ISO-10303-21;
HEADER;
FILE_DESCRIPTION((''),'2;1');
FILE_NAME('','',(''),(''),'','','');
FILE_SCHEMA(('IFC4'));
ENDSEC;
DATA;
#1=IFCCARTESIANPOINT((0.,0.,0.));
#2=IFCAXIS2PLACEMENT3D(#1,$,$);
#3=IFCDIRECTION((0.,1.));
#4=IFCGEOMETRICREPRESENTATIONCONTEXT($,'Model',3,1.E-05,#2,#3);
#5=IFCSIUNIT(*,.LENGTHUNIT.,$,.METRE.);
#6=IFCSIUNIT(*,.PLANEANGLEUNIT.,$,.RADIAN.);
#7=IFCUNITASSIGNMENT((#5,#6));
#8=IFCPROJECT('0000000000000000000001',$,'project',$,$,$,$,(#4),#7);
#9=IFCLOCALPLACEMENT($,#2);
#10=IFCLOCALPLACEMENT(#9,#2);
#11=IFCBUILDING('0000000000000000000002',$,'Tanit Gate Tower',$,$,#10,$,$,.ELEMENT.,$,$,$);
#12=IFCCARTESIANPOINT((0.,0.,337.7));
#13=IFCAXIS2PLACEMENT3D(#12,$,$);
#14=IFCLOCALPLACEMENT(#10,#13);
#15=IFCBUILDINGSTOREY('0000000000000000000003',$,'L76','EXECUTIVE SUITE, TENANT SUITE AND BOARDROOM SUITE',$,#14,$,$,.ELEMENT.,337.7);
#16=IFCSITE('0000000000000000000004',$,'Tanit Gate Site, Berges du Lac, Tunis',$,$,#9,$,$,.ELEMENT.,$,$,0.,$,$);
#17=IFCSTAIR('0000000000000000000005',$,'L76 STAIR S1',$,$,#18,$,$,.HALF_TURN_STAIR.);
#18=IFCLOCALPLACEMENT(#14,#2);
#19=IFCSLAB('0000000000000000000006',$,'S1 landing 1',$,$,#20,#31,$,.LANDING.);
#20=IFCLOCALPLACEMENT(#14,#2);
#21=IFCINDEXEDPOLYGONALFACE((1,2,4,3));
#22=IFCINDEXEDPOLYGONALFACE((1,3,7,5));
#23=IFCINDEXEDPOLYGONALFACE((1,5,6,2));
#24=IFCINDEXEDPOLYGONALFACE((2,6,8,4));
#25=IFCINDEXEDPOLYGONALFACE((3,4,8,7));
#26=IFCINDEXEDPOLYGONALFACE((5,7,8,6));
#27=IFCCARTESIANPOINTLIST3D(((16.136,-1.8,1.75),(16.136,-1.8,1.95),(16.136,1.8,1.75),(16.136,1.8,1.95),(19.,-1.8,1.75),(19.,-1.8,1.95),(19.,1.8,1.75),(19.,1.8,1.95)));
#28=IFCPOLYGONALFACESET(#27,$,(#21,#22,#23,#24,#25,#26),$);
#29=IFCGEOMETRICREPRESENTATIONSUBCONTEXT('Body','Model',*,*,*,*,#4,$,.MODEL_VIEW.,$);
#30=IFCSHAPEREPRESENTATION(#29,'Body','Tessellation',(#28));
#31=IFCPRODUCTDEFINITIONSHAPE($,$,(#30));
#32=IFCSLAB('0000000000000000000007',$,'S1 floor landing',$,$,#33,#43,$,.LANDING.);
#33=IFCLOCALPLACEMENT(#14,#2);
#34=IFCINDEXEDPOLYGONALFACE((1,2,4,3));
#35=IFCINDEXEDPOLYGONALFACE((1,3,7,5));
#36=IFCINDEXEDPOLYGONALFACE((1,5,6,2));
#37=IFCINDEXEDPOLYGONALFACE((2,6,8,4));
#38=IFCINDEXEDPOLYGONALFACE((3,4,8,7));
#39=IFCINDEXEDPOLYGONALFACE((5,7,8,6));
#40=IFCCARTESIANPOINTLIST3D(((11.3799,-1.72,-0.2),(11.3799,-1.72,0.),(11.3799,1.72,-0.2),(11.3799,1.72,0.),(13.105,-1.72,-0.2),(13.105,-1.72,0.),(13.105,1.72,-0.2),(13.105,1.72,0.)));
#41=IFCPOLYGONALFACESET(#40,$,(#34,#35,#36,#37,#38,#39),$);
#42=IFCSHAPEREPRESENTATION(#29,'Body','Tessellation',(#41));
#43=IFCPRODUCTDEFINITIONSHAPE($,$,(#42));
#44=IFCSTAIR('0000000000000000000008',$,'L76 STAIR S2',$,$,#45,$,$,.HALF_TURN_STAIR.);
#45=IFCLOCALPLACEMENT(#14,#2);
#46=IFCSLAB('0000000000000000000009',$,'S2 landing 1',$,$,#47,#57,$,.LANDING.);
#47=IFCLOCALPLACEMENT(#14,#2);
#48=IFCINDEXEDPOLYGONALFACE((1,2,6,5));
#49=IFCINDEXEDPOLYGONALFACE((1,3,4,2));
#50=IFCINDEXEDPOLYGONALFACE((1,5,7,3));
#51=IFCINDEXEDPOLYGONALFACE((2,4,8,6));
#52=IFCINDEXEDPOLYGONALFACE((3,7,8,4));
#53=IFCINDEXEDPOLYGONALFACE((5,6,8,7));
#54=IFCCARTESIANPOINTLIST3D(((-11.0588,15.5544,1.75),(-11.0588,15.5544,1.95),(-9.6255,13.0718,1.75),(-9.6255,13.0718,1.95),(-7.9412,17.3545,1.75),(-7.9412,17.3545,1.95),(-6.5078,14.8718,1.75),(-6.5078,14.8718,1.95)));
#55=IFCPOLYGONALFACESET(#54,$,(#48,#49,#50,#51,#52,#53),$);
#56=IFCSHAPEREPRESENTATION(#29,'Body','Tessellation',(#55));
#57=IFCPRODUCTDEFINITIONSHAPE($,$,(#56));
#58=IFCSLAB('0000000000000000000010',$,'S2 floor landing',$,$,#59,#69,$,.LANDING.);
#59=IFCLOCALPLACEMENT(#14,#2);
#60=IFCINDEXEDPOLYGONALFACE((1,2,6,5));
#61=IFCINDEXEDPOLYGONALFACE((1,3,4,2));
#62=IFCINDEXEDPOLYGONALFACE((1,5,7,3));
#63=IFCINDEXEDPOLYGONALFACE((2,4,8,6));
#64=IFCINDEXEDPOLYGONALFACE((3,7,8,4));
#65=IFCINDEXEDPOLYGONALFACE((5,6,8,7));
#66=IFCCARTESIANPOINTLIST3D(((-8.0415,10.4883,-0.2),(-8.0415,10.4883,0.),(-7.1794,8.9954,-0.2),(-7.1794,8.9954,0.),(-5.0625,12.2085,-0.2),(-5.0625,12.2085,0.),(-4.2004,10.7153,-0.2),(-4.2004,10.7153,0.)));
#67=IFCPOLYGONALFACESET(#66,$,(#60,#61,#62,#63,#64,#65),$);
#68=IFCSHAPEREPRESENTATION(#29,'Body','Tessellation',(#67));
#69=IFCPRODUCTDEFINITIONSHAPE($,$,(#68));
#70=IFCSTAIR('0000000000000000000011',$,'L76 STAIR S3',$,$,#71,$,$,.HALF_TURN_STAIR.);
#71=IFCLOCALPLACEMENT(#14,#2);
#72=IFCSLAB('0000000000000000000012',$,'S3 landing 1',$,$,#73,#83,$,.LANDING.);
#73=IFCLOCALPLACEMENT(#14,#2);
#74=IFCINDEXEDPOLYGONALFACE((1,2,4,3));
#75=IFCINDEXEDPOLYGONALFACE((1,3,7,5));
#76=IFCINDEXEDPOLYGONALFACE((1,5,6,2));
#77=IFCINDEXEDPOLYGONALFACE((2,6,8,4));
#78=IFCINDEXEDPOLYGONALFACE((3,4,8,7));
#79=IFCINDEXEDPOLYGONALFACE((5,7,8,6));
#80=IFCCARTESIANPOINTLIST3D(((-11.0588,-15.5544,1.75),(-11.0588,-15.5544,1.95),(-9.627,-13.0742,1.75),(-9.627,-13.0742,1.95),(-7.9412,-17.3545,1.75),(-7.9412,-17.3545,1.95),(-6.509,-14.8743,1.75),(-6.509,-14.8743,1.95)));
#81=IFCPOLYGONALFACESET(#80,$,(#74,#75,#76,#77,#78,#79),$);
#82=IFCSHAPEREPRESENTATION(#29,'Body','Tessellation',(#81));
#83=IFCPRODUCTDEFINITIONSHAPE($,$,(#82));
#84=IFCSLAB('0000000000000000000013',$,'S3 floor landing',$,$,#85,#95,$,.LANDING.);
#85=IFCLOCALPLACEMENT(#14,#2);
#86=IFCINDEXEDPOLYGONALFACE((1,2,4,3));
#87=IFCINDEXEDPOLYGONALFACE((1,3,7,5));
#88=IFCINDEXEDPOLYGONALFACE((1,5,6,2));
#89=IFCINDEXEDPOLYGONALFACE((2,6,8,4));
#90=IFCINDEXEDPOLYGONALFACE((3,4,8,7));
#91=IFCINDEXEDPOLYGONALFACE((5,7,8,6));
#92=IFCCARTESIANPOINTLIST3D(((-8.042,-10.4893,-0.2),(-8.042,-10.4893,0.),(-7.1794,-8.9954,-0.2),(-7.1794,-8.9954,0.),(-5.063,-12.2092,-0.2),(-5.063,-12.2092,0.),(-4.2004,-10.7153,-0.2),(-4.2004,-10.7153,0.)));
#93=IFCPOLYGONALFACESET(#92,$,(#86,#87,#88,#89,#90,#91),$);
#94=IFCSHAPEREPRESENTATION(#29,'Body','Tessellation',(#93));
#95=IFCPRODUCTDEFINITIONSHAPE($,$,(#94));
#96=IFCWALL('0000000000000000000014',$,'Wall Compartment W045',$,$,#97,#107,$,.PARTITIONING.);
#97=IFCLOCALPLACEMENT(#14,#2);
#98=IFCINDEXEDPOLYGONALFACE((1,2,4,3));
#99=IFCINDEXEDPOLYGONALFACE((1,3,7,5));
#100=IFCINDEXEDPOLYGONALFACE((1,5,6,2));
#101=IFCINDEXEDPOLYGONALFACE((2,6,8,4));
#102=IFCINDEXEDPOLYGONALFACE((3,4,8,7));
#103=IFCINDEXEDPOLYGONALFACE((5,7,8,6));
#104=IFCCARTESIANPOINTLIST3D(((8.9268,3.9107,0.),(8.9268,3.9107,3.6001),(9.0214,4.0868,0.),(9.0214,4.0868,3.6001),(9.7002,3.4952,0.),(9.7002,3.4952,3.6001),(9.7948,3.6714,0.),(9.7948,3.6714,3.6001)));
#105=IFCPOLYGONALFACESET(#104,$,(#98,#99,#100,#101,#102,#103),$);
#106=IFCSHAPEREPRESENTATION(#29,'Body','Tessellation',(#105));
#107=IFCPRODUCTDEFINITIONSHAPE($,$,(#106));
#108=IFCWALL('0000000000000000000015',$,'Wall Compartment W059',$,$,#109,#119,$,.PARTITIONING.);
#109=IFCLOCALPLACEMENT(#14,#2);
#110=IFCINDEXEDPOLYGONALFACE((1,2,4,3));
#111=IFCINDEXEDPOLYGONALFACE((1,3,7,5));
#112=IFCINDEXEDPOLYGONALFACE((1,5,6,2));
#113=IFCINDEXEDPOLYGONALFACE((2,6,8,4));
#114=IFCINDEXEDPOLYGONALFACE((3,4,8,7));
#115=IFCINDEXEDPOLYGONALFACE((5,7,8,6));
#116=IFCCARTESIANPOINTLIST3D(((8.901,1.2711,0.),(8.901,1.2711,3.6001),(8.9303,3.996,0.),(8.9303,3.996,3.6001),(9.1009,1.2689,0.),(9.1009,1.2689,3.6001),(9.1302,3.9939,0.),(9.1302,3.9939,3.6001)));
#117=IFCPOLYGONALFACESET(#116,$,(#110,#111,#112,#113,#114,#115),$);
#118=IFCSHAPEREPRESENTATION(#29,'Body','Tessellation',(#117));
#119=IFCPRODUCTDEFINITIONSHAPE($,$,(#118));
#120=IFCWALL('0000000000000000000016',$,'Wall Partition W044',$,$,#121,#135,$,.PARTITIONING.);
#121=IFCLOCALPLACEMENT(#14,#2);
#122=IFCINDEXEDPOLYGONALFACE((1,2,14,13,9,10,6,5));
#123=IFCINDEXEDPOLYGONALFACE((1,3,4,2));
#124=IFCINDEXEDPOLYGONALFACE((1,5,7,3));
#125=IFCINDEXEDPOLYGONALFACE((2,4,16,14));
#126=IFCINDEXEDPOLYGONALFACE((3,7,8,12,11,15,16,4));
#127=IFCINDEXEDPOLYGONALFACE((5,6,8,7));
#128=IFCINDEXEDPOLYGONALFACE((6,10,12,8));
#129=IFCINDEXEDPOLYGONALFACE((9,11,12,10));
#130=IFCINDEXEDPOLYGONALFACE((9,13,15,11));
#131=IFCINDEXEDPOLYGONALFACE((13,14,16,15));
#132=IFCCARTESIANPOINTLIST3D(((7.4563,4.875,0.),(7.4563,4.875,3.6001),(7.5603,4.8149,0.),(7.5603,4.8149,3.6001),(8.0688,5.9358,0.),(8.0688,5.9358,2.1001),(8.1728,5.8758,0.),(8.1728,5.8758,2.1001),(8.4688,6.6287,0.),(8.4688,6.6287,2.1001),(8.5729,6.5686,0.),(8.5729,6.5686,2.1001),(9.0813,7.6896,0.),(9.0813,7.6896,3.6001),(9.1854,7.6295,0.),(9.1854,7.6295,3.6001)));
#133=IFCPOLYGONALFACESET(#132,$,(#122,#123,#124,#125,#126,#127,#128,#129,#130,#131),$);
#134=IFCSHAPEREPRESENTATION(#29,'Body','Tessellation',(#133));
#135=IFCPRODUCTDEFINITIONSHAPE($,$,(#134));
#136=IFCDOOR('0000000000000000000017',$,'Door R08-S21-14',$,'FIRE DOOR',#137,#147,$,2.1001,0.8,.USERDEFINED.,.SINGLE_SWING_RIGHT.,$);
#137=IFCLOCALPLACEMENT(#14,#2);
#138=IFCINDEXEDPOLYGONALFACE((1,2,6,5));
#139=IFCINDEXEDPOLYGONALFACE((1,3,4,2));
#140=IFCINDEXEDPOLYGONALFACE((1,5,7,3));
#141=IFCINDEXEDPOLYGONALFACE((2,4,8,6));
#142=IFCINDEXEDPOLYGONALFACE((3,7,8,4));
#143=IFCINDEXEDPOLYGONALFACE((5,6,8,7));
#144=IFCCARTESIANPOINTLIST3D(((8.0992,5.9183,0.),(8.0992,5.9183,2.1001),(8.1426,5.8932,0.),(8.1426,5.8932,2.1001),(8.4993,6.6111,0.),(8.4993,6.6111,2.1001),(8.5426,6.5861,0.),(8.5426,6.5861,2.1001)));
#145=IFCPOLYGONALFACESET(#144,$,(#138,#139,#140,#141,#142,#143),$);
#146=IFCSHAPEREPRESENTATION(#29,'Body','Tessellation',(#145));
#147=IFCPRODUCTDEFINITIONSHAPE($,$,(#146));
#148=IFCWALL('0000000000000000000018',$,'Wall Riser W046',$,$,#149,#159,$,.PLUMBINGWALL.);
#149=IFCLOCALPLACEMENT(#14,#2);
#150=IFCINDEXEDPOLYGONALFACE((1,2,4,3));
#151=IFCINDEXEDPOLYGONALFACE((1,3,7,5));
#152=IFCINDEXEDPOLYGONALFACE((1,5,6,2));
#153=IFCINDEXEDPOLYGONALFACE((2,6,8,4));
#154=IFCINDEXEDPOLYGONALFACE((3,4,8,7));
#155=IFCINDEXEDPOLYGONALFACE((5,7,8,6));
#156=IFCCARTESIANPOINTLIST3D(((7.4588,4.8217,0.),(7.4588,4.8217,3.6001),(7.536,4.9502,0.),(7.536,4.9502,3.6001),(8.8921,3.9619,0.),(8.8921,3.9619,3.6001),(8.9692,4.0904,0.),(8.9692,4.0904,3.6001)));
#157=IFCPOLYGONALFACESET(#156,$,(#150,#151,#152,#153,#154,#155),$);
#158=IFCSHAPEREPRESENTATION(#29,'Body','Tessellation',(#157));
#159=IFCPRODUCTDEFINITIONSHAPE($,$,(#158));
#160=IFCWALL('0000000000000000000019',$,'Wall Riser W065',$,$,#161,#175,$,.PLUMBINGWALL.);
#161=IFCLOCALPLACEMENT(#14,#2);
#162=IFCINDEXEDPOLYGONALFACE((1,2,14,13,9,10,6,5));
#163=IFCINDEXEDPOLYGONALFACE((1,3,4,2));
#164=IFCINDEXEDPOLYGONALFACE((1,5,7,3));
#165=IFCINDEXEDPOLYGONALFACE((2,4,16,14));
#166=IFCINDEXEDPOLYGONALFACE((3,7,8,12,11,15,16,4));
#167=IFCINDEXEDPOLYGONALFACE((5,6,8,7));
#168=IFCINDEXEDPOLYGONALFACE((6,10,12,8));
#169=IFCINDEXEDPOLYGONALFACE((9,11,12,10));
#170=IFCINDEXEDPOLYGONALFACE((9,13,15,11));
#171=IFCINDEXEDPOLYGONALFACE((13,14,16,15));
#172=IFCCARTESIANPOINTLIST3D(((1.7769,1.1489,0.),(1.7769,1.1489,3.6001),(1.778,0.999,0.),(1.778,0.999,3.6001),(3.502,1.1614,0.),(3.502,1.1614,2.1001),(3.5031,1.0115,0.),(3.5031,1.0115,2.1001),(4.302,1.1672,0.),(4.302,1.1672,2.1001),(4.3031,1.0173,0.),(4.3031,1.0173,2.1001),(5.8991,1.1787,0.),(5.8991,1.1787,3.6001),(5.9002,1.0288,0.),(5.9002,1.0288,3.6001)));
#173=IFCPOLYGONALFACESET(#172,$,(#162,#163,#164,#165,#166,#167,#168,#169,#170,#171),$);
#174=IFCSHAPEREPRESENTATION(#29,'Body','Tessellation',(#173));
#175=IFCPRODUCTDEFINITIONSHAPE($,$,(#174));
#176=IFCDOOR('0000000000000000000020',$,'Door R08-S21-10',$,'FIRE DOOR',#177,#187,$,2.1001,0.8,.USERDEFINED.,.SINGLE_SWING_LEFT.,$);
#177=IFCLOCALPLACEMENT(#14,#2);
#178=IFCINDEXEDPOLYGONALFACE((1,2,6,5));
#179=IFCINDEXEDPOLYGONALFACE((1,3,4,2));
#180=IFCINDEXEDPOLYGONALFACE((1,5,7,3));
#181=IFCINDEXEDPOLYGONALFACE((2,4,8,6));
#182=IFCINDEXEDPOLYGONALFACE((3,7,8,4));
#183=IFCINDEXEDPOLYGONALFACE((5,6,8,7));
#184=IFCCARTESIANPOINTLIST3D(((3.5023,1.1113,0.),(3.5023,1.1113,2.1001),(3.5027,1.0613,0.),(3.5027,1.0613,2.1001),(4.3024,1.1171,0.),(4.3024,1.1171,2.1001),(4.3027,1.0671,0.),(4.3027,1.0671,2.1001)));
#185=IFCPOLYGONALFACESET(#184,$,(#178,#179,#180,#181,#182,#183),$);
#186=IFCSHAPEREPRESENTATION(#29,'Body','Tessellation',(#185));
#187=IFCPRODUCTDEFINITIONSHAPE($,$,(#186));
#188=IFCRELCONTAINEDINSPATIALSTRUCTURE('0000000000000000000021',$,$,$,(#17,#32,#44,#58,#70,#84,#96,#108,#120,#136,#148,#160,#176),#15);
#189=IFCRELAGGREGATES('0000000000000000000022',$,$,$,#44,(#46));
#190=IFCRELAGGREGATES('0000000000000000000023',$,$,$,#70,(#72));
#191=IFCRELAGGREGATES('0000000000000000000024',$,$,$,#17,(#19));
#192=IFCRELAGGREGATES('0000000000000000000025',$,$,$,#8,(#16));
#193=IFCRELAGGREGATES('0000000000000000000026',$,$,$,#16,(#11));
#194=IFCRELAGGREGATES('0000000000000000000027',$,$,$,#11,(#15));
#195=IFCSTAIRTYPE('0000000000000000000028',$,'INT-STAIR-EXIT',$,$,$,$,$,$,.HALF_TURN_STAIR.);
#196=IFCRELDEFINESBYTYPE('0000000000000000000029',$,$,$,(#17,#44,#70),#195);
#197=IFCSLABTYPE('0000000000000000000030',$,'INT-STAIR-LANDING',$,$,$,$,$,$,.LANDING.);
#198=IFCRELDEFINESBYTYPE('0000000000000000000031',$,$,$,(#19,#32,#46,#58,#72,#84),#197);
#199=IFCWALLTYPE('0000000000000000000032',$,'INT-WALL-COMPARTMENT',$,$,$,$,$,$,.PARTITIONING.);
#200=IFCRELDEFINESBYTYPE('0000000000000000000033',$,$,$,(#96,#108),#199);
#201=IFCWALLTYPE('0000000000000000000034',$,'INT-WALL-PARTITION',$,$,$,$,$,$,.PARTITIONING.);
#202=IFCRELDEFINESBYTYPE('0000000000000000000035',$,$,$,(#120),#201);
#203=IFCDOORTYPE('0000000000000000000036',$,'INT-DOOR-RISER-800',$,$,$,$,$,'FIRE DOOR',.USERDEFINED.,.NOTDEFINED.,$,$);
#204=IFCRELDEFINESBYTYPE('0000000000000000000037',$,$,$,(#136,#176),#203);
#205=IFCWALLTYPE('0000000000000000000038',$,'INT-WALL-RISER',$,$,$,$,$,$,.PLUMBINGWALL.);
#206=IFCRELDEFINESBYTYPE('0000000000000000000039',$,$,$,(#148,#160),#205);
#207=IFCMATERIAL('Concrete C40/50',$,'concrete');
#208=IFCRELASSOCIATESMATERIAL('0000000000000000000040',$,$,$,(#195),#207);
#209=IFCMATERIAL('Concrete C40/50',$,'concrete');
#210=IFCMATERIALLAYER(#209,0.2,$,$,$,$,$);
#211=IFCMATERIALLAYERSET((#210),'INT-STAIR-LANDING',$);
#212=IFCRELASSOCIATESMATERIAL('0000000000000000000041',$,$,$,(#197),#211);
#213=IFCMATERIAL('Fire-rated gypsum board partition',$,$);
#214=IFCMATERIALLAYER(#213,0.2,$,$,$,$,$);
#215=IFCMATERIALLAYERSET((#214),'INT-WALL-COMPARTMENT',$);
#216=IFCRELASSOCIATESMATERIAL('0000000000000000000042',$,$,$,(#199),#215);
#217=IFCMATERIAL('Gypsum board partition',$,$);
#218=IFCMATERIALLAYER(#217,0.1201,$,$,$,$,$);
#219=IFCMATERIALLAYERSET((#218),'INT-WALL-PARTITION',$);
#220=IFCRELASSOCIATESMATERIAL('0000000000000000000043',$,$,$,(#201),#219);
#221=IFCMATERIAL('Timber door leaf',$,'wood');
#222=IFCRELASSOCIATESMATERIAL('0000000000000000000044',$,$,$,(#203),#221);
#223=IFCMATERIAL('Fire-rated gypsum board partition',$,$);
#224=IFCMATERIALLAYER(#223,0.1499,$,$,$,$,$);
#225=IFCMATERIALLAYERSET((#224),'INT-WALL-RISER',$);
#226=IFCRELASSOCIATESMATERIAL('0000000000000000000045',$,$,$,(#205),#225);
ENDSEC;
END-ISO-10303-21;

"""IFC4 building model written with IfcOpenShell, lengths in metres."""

from ifc_helpers import new_model, si_unit, direction, frame, frame_2d, origin, place, context, subcontext, project, spatial, polyline, rectangle, outline, extrude, material, layer, layer_set, type_object, element, fill, aggregate, save


model = new_model("IFC4")

# Units and contexts
model_context = context("Model", 3, precision=1e-05, world=origin(), true_north=direction((0.0, 1.0)))
body_context = subcontext(model_context, "Body", "Model", "MODEL_VIEW")
ifc_project = project(units=[si_unit("LENGTHUNIT", "METRE"), si_unit("PLANEANGLEUNIT", "RADIAN")], contexts=[model_context])

# Site, building, storey
site_placement = place(None, origin())
site = spatial("IfcSite", under=ifc_project, at=site_placement, Name="Tanit Gate Site, Berges du Lac, Tunis", CompositionType="ELEMENT", RefElevation=0.0)
building_placement = place(site_placement, origin())
building = spatial("IfcBuilding", under=site, at=building_placement, Name="Tanit Gate Tower", CompositionType="ELEMENT")
storey_placement = place(building_placement, frame((0.0, 0.0, 337.7)))
storey = spatial("IfcBuildingStorey", under=building, at=storey_placement, Name="L76", Description="EXECUTIVE SUITE, TENANT SUITE AND BOARDROOM SUITE", CompositionType="ELEMENT", Elevation=337.7)

# Stair, slab
ifc_material_1 = material(Name="Concrete C40/50", Category="concrete")
stair_type = type_object("IfcStairType", Name="INT-STAIR-EXIT", PredefinedType="HALF_TURN_STAIR", material=ifc_material_1)
stair_1_placement = place(storey_placement, origin())
stair_1 = element("IfcStair", 1, at=stair_1_placement, inside=storey, type_object=stair_type, Name="L76 STAIR S1", PredefinedType="HALF_TURN_STAIR")
ifc_material_2 = material(Name="Concrete C40/50", Category="concrete")
ifc_layer_1 = layer(ifc_material_2, 0.2)
ifc_layer_set_1 = layer_set([ifc_layer_1], Name="INT-STAIR-LANDING")
slab_type = type_object("IfcSlabType", Name="INT-STAIR-LANDING", PredefinedType="LANDING", material=ifc_layer_set_1)
slab_1_placement = place(storey_placement, frame((0.0, 0.0, 1.75)))
slab_1 = element("IfcSlab", 2, at=slab_1_placement, type_object=slab_type, Name="S1 landing 1", PredefinedType="LANDING", context=body_context, shape_type="SweptSolid", body=[
    extrude(outline(polyline([(16.136, -1.8), (19.0, -1.8), (19.0, 1.8), (16.136, 1.8), (16.136, -1.8)])), origin(), (0.0, 0.0, 1.0), 0.2),
])

# Slab
slab_2_placement = place(storey_placement, frame((0.0, 0.0, -0.2)))
element("IfcSlab", 3, at=slab_2_placement, inside=storey, type_object=slab_type, Name="S1 floor landing", PredefinedType="LANDING", context=body_context, shape_type="SweptSolid", body=[
    extrude(outline(polyline([(11.3799, -1.72), (13.105, -1.72), (13.105, 1.72), (11.3799, 1.72), (11.3799, -1.72)])), origin(), (0.0, 0.0, 1.0), 0.2),
])

# Stair, slab
stair_2_placement = place(storey_placement, origin())
stair_2 = element("IfcStair", 4, at=stair_2_placement, inside=storey, type_object=stair_type, Name="L76 STAIR S2", PredefinedType="HALF_TURN_STAIR")
slab_3_placement = place(storey_placement, frame((0.0, 0.0, 1.75)))
slab_3 = element("IfcSlab", 5, at=slab_3_placement, type_object=slab_type, Name="S2 landing 1", PredefinedType="LANDING", context=body_context, shape_type="SweptSolid", body=[
    extrude(outline(polyline([(-6.5078, 14.8718), (-7.9412, 17.3545), (-11.0588, 15.5544), (-9.6255, 13.0718), (-6.5078, 14.8718)])), origin(), (0.0, 0.0, 1.0), 0.2),
])
aggregate(stair_2, [slab_3])

# Slab
slab_4_placement = place(storey_placement, frame((0.0, 0.0, -0.2)))
element("IfcSlab", 6, at=slab_4_placement, inside=storey, type_object=slab_type, Name="S2 floor landing", PredefinedType="LANDING", context=body_context, shape_type="SweptSolid", body=[
    extrude(outline(polyline([(-4.2004, 10.7153), (-5.0625, 12.2085), (-8.0415, 10.4883), (-7.1794, 8.9954), (-4.2004, 10.7153)])), origin(), (0.0, 0.0, 1.0), 0.2),
])

# Stair, slab
stair_3_placement = place(storey_placement, origin())
stair_3 = element("IfcStair", 7, at=stair_3_placement, inside=storey, type_object=stair_type, Name="L76 STAIR S3", PredefinedType="HALF_TURN_STAIR")
slab_5_placement = place(storey_placement, frame((0.0, 0.0, 1.75)))
slab_5 = element("IfcSlab", 8, at=slab_5_placement, type_object=slab_type, Name="S3 landing 1", PredefinedType="LANDING", context=body_context, shape_type="SweptSolid", body=[
    extrude(outline(polyline([(-9.627, -13.0742), (-11.0588, -15.5544), (-7.9412, -17.3545), (-6.509, -14.8743), (-9.627, -13.0742)])), origin(), (0.0, 0.0, 1.0), 0.2),
])
aggregate(stair_3, [slab_5])

# Slab
slab_6_placement = place(storey_placement, frame((0.0, 0.0, -0.2)))
element("IfcSlab", 9, at=slab_6_placement, inside=storey, type_object=slab_type, Name="S3 floor landing", PredefinedType="LANDING", context=body_context, shape_type="SweptSolid", body=[
    extrude(outline(polyline([(-7.1794, -8.9954), (-8.042, -10.4893), (-5.063, -12.2092), (-4.2004, -10.7153), (-7.1794, -8.9954)])), origin(), (0.0, 0.0, 1.0), 0.2),
])

# Walls
ifc_material_3 = material(Name="Fire-rated gypsum board partition")
ifc_layer_2 = layer(ifc_material_3, 0.2)
ifc_layer_set_2 = layer_set([ifc_layer_2], Name="INT-WALL-COMPARTMENT")
wall_type_1 = type_object("IfcWallType", Name="INT-WALL-COMPARTMENT", PredefinedType="PARTITIONING", material=ifc_layer_set_2)
wall_1_placement = place(storey_placement, frame((8.9741, 3.9988, 0.0), z_axis=(0.0, 0.0, 1.0), x_axis=(0.880917, -0.473271, 0.0)))
element("IfcWall", 10, at=wall_1_placement, inside=storey, type_object=wall_type_1, Name="Wall Compartment W045", PredefinedType="PARTITIONING", context=body_context, shape_type="SweptSolid", body=[
    extrude(rectangle(XDim=0.8779, YDim=0.2, at=frame_2d((0.439, 0.0))), origin(), (0.0, 0.0, 1.0), 3.6001),
])
wall_2_placement = place(storey_placement, frame((9.001, 1.27, 0.0), z_axis=(0.0, 0.0, 1.0), x_axis=(0.010751, 0.999942, 0.0)))
element("IfcWall", 11, at=wall_2_placement, inside=storey, type_object=wall_type_1, Name="Wall Compartment W059", PredefinedType="PARTITIONING", context=body_context, shape_type="SweptSolid", body=[
    extrude(rectangle(XDim=2.7251, YDim=0.2, at=frame_2d((1.3625, 0.0))), origin(), (0.0, 0.0, 1.0), 3.6001),
])

# Wall, opening, door
ifc_material_4 = material(Name="Gypsum board partition")
ifc_layer_3 = layer(ifc_material_4, 0.1201)
ifc_layer_set_3 = layer_set([ifc_layer_3], Name="INT-WALL-PARTITION")
wall_type_2 = type_object("IfcWallType", Name="INT-WALL-PARTITION", PredefinedType="PARTITIONING", material=ifc_layer_set_3)
wall_3_placement = place(storey_placement, frame((7.5083, 4.845, 0.0), z_axis=(0.0, 0.0, 1.0), x_axis=(0.500017, 0.866015, 0.0)))
wall_3 = element("IfcWall", 12, at=wall_3_placement, inside=storey, type_object=wall_type_2, Name="Wall Partition W044", PredefinedType="PARTITIONING", context=body_context, shape_type="SweptSolid", body=[
    extrude(rectangle(XDim=3.25, YDim=0.1201, at=frame_2d((1.625, 0.0))), origin(), (0.0, 0.0, 1.0), 3.6001),
])
opening_1_placement = place(wall_3_placement, frame((1.2251, 0.0, 0.0)))
opening_1 = element("IfcOpeningElement", 13, at=opening_1_placement, cuts=wall_3, PredefinedType="OPENING", context=body_context, shape_type="SweptSolid", body=[
    extrude(rectangle(XDim=0.8, YDim=2.1001, at=frame_2d((0.3999, 1.05))), frame((0.0, 0.0701, 0.0), z_axis=(0.0, -1.0, 0.0), x_axis=(1.0, 0.0, 0.0)), (0.0, 0.0, 1.0), 0.1401),
])
ifc_material_5 = material(Name="Timber door leaf", Category="wood")
door_type_1 = type_object("IfcDoorType", Name="INT-DOOR-RISER-800", ElementType="FIRE DOOR", OperationType="NOTDEFINED", PredefinedType="USERDEFINED", material=ifc_material_5)
door_1_placement = place(opening_1_placement, origin())
door_1 = element("IfcDoor", 14, at=door_1_placement, inside=storey, type_object=door_type_1, Name="Door R08-S21-14", ObjectType="FIRE DOOR", OperationType="SINGLE_SWING_RIGHT", OverallHeight=2.1001, OverallWidth=0.8, PredefinedType="USERDEFINED", context=body_context, shape_type="SweptSolid", body=[
    extrude(rectangle(XDim=0.8, YDim=2.1001, at=frame_2d((0.3999, 1.05))), frame((0.0, 0.0249, 0.0), z_axis=(0.0, -1.0, 0.0), x_axis=(1.0, 0.0, 0.0)), (0.0, 0.0, 1.0), 0.05),
])
fill(opening_1, door_1)

# Wall
ifc_material_6 = material(Name="Fire-rated gypsum board partition")
ifc_layer_4 = layer(ifc_material_6, 0.1499)
ifc_layer_set_4 = layer_set([ifc_layer_4], Name="INT-WALL-RISER")
wall_type_3 = type_object("IfcWallType", Name="INT-WALL-RISER", PredefinedType="PLUMBINGWALL", material=ifc_layer_set_4)
wall_4_placement = place(storey_placement, frame((8.9307, 4.0261, 0.0), z_axis=(0.0, 0.0, 1.0), x_axis=(-0.857532, 0.514431, 0.0)))
element("IfcWall", 15, at=wall_4_placement, inside=storey, type_object=wall_type_3, Name="Wall Riser W046", PredefinedType="PLUMBINGWALL", context=body_context, shape_type="SweptSolid", body=[
    extrude(rectangle(XDim=1.6714, YDim=0.1499, at=frame_2d((0.8357, 0.0))), origin(), (0.0, 0.0, 1.0), 3.6001),
])

# Wall, opening, door
wall_5_placement = place(storey_placement, frame((1.7776, 1.074, 0.0), z_axis=(0.0, 0.0, 1.0), x_axis=(0.999974, 0.007225, 0.0)))
wall_5 = element("IfcWall", 16, at=wall_5_placement, inside=storey, type_object=wall_type_3, Name="Wall Riser W065", PredefinedType="PLUMBINGWALL", context=body_context, shape_type="SweptSolid", body=[
    extrude(rectangle(XDim=4.1223, YDim=0.1499, at=frame_2d((2.061, 0.0))), origin(), (0.0, 0.0, 1.0), 3.6001),
])
opening_2_placement = place(wall_5_placement, frame((1.7251, 0.0, 0.0)))
opening_2 = element("IfcOpeningElement", 17, at=opening_2_placement, cuts=wall_5, PredefinedType="OPENING", context=body_context, shape_type="SweptSolid", body=[
    extrude(rectangle(XDim=0.8, YDim=2.1001, at=frame_2d((0.3999, 1.05))), frame((0.0, 0.085, 0.0), z_axis=(0.0, -1.0, 0.0), x_axis=(1.0, 0.0, 0.0)), (0.0, 0.0, 1.0), 0.1699),
])
door_2_placement = place(opening_2_placement, origin())
door_2 = element("IfcDoor", 18, at=door_2_placement, inside=storey, type_object=door_type_1, Name="Door R08-S21-10", ObjectType="FIRE DOOR", OperationType="SINGLE_SWING_LEFT", OverallHeight=2.1001, OverallWidth=0.8, PredefinedType="USERDEFINED", context=body_context, shape_type="SweptSolid", body=[
    extrude(rectangle(XDim=0.8, YDim=2.1001, at=frame_2d((0.3999, 1.05))), frame((0.0, 0.0249, 0.0), z_axis=(0.0, -1.0, 0.0), x_axis=(1.0, 0.0, 0.0)), (0.0, 0.0, 1.0), 0.05),
])
fill(opening_2, door_2)

aggregate(stair_1, [slab_1])

save(model, "model.ifc")
